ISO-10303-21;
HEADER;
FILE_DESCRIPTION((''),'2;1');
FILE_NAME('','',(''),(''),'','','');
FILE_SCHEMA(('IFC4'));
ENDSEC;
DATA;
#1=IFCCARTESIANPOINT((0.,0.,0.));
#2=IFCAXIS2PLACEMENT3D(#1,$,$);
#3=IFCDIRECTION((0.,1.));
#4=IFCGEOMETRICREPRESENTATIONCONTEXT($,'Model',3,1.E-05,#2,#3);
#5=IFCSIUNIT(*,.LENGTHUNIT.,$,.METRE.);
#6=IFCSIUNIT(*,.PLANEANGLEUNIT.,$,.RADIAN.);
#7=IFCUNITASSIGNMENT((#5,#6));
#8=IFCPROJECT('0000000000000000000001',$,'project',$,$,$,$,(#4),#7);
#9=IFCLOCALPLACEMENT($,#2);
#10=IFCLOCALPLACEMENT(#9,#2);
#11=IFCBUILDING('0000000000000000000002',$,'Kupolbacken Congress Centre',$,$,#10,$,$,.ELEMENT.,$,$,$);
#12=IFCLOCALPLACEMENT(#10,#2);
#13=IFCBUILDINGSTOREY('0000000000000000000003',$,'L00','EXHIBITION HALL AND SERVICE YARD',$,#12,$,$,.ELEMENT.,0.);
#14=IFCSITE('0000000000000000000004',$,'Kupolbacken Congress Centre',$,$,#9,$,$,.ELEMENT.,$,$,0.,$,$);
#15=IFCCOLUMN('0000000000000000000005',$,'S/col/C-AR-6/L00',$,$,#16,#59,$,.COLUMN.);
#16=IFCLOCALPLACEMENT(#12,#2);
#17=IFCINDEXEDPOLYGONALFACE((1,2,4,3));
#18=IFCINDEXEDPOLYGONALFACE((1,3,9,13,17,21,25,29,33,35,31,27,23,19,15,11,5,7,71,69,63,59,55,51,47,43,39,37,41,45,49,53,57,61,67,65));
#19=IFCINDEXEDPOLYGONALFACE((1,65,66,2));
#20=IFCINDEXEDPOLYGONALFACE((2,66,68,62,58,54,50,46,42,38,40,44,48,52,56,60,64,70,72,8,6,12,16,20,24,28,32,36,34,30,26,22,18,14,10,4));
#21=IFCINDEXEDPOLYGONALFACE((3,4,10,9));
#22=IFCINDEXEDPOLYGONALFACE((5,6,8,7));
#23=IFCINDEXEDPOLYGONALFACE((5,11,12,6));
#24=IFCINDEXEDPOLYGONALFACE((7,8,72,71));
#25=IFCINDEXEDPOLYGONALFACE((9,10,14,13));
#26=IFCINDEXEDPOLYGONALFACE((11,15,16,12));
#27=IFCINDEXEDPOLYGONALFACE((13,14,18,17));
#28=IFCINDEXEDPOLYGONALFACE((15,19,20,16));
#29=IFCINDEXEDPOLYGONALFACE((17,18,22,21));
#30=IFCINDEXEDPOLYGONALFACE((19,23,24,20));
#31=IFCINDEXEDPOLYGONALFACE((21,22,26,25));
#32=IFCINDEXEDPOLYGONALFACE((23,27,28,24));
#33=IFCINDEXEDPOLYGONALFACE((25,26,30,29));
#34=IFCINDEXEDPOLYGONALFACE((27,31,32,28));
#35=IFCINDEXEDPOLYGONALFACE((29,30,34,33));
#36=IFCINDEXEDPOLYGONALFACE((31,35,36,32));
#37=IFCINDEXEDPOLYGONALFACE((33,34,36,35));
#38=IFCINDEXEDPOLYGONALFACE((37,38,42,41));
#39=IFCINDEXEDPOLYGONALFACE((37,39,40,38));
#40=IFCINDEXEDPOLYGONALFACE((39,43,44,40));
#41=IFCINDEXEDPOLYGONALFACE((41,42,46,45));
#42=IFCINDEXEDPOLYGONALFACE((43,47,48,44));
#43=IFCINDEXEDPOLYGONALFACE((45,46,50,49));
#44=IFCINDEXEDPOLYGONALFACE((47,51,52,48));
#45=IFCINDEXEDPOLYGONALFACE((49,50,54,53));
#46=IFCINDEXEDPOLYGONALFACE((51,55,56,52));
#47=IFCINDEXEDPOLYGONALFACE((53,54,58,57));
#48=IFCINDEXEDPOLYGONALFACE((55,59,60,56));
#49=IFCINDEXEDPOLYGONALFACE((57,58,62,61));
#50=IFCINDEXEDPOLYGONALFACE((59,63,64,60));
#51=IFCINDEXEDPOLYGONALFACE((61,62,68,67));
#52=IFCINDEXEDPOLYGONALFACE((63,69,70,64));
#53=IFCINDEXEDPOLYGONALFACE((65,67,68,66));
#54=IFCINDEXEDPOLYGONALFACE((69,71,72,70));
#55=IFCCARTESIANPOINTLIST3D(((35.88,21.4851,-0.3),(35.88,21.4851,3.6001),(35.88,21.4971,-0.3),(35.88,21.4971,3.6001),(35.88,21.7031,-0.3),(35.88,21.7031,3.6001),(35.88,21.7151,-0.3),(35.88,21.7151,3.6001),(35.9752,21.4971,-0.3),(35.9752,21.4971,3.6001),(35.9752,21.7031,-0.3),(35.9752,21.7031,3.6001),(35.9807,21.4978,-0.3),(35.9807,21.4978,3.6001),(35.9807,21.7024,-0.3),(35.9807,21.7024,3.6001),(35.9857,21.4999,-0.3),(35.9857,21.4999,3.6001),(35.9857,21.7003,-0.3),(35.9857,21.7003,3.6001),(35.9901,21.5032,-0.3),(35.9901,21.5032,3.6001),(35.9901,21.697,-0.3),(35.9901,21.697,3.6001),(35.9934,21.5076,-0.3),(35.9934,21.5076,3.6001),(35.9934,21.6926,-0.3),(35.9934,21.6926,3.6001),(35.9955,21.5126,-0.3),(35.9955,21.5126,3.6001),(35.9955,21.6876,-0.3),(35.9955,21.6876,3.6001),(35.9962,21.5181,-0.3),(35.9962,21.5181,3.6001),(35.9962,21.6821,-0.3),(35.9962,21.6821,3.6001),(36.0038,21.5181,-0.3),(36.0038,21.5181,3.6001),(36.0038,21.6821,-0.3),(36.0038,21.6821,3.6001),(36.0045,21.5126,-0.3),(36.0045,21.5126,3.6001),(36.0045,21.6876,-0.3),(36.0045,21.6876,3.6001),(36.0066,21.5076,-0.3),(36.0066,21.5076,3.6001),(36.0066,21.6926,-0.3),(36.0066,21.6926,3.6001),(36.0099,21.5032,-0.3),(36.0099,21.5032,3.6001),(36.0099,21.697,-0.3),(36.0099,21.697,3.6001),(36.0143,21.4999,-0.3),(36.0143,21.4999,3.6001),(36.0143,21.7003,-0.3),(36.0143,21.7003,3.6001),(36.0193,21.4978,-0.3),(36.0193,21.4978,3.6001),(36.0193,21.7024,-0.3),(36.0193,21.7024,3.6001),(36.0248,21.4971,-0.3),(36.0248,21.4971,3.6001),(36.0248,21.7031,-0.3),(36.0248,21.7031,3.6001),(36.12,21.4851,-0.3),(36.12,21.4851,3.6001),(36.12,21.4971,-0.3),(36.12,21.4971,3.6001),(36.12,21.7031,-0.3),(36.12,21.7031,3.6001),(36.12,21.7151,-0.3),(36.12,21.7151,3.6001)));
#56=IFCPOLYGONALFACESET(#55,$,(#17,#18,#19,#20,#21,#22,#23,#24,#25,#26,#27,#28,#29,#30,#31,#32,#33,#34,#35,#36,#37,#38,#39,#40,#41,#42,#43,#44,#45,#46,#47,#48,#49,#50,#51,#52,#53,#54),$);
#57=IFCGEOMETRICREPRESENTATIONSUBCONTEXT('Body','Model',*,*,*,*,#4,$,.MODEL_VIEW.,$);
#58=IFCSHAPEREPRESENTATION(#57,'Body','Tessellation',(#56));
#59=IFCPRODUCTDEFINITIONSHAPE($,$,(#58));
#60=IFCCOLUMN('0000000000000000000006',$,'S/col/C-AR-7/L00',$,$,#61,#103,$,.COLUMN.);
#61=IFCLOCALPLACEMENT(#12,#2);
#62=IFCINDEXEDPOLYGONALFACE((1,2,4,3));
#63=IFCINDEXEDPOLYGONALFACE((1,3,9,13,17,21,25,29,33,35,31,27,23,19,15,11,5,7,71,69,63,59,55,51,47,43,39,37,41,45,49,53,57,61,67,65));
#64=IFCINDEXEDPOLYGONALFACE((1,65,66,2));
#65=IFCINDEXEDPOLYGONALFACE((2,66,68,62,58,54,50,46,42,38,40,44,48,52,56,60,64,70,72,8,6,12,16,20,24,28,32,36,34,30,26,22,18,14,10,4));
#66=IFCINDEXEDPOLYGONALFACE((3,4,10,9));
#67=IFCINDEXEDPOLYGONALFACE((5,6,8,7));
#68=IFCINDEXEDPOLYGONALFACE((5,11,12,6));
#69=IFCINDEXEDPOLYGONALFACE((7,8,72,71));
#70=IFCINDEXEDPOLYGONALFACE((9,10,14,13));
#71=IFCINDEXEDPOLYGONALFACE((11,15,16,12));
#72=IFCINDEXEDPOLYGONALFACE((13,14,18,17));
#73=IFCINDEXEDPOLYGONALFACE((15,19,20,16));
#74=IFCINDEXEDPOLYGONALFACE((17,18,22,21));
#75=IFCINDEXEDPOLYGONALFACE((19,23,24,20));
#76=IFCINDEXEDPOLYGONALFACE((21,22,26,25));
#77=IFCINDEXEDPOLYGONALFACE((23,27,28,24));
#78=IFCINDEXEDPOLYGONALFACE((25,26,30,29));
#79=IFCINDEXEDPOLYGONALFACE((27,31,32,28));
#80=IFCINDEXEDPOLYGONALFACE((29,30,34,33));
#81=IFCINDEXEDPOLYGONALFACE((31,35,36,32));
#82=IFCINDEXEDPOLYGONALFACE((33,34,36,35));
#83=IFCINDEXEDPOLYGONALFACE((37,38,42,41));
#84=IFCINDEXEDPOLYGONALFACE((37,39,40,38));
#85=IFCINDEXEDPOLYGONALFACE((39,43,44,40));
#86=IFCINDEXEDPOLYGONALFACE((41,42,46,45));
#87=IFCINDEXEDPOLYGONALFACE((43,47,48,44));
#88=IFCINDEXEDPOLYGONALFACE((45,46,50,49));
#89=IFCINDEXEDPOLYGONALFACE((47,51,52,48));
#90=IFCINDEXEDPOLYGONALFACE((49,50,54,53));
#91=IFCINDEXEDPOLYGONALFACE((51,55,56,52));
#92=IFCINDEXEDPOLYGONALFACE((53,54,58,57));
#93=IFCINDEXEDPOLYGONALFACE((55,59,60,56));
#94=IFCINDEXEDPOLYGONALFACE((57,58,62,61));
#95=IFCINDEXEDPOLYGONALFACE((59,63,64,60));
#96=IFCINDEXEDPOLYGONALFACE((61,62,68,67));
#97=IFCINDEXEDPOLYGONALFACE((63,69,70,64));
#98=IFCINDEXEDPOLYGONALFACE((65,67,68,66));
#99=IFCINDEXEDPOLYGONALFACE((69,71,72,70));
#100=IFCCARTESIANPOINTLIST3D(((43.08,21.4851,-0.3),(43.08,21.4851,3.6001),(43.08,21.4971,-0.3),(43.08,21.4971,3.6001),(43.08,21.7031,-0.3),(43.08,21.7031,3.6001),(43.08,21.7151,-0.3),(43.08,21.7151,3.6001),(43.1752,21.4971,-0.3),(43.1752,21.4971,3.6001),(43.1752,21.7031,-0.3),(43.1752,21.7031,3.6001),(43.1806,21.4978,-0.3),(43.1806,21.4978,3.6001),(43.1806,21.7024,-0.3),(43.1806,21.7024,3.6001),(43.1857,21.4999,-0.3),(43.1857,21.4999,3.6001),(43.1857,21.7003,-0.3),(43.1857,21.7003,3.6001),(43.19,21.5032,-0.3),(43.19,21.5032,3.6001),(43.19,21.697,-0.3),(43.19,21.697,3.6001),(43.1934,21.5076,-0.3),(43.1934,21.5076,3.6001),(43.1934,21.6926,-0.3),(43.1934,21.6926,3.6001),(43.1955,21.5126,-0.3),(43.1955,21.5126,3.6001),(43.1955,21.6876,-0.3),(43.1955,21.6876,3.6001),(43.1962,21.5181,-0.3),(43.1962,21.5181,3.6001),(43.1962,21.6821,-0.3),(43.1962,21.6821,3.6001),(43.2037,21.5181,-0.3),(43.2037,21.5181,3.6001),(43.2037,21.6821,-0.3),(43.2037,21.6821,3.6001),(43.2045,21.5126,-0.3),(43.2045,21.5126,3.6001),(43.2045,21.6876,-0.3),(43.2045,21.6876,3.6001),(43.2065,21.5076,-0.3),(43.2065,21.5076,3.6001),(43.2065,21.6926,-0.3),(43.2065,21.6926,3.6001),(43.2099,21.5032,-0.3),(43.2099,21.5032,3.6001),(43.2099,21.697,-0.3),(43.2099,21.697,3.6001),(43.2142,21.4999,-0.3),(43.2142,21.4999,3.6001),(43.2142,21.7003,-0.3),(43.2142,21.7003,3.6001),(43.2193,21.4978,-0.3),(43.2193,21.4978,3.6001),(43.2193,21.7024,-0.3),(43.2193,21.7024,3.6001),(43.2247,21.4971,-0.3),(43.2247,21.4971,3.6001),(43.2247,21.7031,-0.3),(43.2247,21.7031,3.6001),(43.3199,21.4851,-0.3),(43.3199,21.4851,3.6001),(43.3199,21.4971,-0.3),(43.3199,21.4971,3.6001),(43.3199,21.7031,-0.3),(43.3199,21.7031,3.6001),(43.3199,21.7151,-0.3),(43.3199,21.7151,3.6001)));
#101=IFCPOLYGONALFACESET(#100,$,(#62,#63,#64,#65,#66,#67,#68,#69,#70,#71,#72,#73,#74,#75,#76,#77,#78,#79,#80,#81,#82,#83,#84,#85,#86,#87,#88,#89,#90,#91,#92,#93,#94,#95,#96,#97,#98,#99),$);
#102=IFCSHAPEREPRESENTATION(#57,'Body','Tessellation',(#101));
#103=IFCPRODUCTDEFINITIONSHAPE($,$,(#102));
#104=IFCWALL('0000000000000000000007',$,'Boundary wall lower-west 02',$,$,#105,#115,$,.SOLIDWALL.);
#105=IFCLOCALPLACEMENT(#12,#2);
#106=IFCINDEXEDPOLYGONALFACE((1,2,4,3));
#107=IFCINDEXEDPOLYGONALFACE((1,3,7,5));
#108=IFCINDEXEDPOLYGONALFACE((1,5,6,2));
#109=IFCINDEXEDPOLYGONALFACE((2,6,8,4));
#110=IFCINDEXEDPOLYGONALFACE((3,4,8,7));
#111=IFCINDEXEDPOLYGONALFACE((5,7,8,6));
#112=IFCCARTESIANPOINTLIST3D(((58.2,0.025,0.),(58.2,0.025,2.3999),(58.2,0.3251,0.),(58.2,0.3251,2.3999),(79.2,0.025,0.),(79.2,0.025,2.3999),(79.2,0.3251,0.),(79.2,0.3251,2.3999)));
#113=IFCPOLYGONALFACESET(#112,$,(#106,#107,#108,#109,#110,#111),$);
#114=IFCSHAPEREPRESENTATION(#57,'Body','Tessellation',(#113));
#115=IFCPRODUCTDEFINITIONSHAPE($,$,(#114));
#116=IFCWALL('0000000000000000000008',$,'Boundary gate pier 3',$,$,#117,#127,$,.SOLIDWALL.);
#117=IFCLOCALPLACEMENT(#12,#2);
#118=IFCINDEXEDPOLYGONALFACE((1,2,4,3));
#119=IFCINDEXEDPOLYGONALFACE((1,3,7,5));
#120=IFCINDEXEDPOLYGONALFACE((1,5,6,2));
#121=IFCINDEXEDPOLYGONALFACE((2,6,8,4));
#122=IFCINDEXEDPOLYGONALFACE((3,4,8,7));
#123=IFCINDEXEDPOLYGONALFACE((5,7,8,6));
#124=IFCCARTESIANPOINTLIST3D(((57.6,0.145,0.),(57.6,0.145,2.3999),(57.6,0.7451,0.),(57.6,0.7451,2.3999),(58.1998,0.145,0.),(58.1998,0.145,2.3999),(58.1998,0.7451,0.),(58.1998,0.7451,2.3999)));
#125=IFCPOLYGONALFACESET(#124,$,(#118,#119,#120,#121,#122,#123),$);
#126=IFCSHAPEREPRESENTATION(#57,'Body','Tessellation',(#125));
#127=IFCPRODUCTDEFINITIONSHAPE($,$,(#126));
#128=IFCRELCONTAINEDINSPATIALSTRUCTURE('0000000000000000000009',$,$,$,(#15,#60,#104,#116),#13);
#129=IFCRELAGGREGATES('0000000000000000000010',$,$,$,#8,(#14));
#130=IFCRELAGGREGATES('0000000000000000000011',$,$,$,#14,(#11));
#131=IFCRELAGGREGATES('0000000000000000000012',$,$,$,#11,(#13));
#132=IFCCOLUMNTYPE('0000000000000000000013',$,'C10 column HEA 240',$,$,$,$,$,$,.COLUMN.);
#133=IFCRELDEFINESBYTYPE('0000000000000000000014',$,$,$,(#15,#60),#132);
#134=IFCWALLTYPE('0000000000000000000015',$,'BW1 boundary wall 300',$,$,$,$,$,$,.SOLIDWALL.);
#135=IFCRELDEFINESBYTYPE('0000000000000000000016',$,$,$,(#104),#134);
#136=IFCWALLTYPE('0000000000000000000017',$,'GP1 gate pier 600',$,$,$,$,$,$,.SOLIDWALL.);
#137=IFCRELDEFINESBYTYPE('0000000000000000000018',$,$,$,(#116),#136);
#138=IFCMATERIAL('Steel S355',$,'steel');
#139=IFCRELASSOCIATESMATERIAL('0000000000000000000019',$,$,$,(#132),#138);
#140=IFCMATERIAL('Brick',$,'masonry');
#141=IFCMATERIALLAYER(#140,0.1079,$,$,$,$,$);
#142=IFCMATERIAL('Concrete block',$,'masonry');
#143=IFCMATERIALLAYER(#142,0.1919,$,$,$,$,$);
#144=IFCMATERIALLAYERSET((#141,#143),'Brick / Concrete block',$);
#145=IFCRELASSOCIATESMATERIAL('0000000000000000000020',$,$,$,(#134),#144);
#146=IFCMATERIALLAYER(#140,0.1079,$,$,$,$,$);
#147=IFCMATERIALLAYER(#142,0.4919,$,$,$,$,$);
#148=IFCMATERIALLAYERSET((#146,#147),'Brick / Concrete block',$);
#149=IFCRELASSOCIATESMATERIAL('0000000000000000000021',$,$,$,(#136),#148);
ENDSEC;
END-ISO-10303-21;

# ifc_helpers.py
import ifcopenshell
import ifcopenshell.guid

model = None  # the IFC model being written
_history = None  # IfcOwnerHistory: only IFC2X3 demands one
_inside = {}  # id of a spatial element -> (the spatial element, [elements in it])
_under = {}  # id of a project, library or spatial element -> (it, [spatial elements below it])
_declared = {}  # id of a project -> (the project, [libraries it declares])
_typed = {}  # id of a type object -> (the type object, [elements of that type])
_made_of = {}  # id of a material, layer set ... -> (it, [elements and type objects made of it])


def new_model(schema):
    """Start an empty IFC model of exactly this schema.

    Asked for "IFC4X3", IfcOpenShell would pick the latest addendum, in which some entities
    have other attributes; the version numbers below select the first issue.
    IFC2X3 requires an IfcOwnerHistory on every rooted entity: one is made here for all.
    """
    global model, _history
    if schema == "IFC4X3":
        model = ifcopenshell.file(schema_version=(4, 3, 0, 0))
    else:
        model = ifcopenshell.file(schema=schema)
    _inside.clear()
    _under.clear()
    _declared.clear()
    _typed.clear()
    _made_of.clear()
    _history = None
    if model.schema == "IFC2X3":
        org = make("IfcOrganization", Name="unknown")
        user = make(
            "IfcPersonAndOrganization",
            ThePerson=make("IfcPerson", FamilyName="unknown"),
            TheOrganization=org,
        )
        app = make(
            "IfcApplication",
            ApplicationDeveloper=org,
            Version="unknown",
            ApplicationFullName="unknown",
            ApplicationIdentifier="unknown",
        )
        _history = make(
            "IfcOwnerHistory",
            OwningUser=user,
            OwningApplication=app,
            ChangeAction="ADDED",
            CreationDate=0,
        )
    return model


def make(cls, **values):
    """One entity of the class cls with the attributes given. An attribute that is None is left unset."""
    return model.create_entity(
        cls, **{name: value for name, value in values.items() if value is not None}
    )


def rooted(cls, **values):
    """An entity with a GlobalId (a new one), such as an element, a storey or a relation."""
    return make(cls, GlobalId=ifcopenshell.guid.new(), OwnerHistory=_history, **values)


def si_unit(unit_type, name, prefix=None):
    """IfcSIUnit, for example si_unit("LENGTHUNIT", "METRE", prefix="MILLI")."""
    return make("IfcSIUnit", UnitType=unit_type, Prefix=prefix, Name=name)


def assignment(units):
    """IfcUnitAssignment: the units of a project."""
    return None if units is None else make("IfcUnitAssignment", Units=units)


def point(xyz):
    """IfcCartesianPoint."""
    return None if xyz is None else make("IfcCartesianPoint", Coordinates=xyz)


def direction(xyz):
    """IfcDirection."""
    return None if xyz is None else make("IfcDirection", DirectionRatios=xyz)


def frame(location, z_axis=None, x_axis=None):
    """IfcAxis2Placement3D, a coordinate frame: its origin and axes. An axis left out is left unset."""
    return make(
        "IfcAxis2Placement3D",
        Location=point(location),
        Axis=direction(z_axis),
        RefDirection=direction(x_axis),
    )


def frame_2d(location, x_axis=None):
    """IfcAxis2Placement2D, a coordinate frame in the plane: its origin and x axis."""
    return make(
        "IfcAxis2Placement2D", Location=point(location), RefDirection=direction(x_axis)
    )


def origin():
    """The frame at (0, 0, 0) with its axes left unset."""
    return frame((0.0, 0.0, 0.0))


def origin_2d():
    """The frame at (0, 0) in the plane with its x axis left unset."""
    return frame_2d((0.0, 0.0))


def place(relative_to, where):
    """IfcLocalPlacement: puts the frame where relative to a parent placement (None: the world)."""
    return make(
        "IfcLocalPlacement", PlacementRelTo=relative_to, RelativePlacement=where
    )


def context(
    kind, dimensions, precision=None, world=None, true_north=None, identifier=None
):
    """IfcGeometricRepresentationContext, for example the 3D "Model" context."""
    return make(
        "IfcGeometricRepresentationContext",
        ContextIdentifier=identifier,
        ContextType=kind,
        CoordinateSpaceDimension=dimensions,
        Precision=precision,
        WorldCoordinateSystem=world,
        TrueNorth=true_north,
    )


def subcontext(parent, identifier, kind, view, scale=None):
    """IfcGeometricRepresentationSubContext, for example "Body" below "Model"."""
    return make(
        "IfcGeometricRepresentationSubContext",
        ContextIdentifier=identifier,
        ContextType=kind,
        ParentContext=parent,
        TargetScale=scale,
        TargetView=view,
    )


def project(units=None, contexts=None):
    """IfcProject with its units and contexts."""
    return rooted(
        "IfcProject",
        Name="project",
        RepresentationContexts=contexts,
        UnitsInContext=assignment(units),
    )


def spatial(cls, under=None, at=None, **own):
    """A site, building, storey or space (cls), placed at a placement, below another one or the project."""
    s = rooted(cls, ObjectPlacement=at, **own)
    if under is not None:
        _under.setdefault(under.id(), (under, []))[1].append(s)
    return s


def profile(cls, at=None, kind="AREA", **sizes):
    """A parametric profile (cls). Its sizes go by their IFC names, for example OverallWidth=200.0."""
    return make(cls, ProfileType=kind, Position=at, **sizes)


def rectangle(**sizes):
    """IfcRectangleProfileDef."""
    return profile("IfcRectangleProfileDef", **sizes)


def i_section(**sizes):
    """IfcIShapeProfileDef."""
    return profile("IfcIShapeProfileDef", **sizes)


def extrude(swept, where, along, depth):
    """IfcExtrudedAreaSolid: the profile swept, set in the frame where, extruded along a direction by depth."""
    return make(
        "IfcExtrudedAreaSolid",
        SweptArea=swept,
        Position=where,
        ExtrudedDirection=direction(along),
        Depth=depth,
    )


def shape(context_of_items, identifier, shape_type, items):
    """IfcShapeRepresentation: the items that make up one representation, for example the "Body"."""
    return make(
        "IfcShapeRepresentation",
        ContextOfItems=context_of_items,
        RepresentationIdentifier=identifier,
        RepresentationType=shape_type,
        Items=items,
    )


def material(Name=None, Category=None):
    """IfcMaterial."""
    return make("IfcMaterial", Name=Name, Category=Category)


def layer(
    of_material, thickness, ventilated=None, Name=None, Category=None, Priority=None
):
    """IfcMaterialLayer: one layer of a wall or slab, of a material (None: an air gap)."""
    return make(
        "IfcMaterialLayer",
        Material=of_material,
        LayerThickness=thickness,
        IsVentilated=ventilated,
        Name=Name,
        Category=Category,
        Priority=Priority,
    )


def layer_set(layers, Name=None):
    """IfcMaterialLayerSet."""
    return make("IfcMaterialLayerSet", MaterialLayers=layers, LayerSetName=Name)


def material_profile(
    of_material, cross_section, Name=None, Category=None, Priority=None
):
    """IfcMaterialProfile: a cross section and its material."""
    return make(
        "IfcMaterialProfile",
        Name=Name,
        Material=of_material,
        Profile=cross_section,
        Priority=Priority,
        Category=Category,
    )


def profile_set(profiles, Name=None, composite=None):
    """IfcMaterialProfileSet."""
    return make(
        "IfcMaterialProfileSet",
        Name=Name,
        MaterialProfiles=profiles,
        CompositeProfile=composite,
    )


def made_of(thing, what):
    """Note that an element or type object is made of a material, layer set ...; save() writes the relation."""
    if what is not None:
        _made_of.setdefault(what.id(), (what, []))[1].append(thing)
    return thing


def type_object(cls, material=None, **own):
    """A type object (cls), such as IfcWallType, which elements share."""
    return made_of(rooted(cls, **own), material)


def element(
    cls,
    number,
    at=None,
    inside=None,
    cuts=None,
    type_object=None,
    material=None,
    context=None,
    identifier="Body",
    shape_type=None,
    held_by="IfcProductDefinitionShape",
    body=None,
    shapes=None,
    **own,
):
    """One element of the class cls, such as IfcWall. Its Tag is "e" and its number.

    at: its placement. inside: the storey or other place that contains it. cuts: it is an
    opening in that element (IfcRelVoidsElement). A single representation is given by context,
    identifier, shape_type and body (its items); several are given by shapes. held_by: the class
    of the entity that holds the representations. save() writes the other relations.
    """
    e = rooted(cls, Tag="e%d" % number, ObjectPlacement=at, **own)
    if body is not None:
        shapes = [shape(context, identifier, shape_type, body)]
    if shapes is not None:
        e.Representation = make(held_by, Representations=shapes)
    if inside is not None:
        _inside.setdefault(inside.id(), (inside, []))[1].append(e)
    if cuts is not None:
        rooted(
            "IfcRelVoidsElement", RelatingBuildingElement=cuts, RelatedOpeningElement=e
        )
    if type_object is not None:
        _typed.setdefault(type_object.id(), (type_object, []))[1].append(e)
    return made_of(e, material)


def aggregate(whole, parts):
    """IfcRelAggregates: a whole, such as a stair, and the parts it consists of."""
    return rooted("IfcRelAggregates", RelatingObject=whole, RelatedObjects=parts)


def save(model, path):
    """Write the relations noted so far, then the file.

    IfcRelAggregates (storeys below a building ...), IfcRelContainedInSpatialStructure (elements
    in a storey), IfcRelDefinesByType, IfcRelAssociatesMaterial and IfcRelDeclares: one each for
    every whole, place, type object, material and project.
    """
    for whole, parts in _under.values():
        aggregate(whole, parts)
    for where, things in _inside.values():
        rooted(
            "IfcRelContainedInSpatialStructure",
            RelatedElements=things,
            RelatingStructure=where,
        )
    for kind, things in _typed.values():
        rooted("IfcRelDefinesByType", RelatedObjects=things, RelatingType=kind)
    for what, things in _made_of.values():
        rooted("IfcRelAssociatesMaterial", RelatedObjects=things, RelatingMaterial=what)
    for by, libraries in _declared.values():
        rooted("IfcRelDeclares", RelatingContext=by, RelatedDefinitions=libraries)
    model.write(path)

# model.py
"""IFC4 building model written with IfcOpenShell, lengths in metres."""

from ifc_helpers import new_model, si_unit, direction, frame, frame_2d, origin, origin_2d, place, context, subcontext, project, spatial, rectangle, i_section, extrude, material, layer, layer_set, material_profile, profile_set, type_object, element, save


model = new_model("IFC4")

# Units and contexts
model_context = context("Model", 3, precision=1e-05, world=origin(), true_north=direction((0.0, 1.0)))
body_context = subcontext(model_context, "Body", "Model", "MODEL_VIEW")
ifc_project = project(units=[si_unit("LENGTHUNIT", "METRE"), si_unit("PLANEANGLEUNIT", "RADIAN")], contexts=[model_context])

# Site, building, storey
site_placement = place(None, origin())
site = spatial("IfcSite", under=ifc_project, at=site_placement, Name="Kupolbacken Congress Centre", CompositionType="ELEMENT", RefElevation=0.0)
building_placement = place(site_placement, origin())
building = spatial("IfcBuilding", under=site, at=building_placement, Name="Kupolbacken Congress Centre", CompositionType="ELEMENT")
storey_placement = place(building_placement, origin())
storey = spatial("IfcBuildingStorey", under=building, at=storey_placement, Name="L00", Description="EXHIBITION HALL AND SERVICE YARD", CompositionType="ELEMENT", Elevation=0.0)

# Columns
ifc_material_1 = material(Name="Steel S355", Category="steel")
ifc_material_profile_1 = material_profile(ifc_material_1, i_section(OverallWidth=0.24, OverallDepth=0.23, WebThickness=0.0076, FlangeThickness=0.012, FilletRadius=0.021, at=origin_2d()), Name="HEA 240")
ifc_profile_set_1 = profile_set([ifc_material_profile_1], Name="Steel S355")
column_type_1 = type_object("IfcColumnType", Name="C10 column HEA 240", PredefinedType="COLUMN", material=ifc_profile_set_1)
for number, where, z_axis, x_axis, name in (
    (1, (36.0, 21.6001, -0.3), (0.0, 0.0, 1.0), (1.0, 0.0, 0.0), "S/col/C-AR-6/L00"),
    (2, (43.2, 21.6001, -0.3), (0.0, 0.0, 1.0), (1.0, 0.0, 0.0), "S/col/C-AR-7/L00"),
):
    element("IfcColumn", number, at=place(storey_placement, frame(where, z_axis=z_axis, x_axis=x_axis)), inside=storey, type_object=column_type_1, Name=name, PredefinedType="COLUMN", context=body_context, shape_type="SweptSolid", body=[
        extrude(i_section(OverallWidth=0.24, OverallDepth=0.23, WebThickness=0.0076, FlangeThickness=0.012, FilletRadius=0.021, at=origin_2d()), origin(), (0.0, 0.0, 1.0), 3.9001),
    ])

# Walls
ifc_material_2 = material(Name="Brick", Category="masonry")
ifc_layer_1 = layer(ifc_material_2, 0.1079)
ifc_material_3 = material(Name="Concrete block", Category="masonry")
ifc_layer_2 = layer(ifc_material_3, 0.1919)
ifc_layer_set_1 = layer_set([ifc_layer_1, ifc_layer_2], Name="Brick / Concrete block")
wall_type_1 = type_object("IfcWallType", Name="BW1 boundary wall 300", PredefinedType="SOLIDWALL", material=ifc_layer_set_1)
wall_1_placement = place(storey_placement, frame((58.2, 0.175, 0.0), z_axis=(0.0, 0.0, 1.0), x_axis=(1.0, 0.0, 0.0)))
element("IfcWall", 3, at=wall_1_placement, inside=storey, type_object=wall_type_1, Name="Boundary wall lower-west 02", PredefinedType="SOLIDWALL", context=body_context, shape_type="SweptSolid", body=[
    extrude(rectangle(XDim=21.0, YDim=0.3, at=frame_2d((10.5, 0.0))), origin(), (0.0, 0.0, 1.0), 2.3999),
])
ifc_layer_3 = layer(ifc_material_2, 0.1079)
ifc_layer_4 = layer(ifc_material_3, 0.4919)
ifc_layer_set_2 = layer_set([ifc_layer_3, ifc_layer_4], Name="Brick / Concrete block")
wall_type_2 = type_object("IfcWallType", Name="GP1 gate pier 600", PredefinedType="SOLIDWALL", material=ifc_layer_set_2)
wall_2_placement = place(storey_placement, frame((57.6001, 0.4451, 0.0), z_axis=(0.0, 0.0, 1.0), x_axis=(1.0, 0.0, 0.0)))
element("IfcWall", 4, at=wall_2_placement, inside=storey, type_object=wall_type_2, Name="Boundary gate pier 3", PredefinedType="SOLIDWALL", context=body_context, shape_type="SweptSolid", body=[
    extrude(rectangle(XDim=0.5999, YDim=0.6001, at=frame_2d((0.2998, 0.0))), origin(), (0.0, 0.0, 1.0), 2.3999),
])

save(model, "model.ifc")
